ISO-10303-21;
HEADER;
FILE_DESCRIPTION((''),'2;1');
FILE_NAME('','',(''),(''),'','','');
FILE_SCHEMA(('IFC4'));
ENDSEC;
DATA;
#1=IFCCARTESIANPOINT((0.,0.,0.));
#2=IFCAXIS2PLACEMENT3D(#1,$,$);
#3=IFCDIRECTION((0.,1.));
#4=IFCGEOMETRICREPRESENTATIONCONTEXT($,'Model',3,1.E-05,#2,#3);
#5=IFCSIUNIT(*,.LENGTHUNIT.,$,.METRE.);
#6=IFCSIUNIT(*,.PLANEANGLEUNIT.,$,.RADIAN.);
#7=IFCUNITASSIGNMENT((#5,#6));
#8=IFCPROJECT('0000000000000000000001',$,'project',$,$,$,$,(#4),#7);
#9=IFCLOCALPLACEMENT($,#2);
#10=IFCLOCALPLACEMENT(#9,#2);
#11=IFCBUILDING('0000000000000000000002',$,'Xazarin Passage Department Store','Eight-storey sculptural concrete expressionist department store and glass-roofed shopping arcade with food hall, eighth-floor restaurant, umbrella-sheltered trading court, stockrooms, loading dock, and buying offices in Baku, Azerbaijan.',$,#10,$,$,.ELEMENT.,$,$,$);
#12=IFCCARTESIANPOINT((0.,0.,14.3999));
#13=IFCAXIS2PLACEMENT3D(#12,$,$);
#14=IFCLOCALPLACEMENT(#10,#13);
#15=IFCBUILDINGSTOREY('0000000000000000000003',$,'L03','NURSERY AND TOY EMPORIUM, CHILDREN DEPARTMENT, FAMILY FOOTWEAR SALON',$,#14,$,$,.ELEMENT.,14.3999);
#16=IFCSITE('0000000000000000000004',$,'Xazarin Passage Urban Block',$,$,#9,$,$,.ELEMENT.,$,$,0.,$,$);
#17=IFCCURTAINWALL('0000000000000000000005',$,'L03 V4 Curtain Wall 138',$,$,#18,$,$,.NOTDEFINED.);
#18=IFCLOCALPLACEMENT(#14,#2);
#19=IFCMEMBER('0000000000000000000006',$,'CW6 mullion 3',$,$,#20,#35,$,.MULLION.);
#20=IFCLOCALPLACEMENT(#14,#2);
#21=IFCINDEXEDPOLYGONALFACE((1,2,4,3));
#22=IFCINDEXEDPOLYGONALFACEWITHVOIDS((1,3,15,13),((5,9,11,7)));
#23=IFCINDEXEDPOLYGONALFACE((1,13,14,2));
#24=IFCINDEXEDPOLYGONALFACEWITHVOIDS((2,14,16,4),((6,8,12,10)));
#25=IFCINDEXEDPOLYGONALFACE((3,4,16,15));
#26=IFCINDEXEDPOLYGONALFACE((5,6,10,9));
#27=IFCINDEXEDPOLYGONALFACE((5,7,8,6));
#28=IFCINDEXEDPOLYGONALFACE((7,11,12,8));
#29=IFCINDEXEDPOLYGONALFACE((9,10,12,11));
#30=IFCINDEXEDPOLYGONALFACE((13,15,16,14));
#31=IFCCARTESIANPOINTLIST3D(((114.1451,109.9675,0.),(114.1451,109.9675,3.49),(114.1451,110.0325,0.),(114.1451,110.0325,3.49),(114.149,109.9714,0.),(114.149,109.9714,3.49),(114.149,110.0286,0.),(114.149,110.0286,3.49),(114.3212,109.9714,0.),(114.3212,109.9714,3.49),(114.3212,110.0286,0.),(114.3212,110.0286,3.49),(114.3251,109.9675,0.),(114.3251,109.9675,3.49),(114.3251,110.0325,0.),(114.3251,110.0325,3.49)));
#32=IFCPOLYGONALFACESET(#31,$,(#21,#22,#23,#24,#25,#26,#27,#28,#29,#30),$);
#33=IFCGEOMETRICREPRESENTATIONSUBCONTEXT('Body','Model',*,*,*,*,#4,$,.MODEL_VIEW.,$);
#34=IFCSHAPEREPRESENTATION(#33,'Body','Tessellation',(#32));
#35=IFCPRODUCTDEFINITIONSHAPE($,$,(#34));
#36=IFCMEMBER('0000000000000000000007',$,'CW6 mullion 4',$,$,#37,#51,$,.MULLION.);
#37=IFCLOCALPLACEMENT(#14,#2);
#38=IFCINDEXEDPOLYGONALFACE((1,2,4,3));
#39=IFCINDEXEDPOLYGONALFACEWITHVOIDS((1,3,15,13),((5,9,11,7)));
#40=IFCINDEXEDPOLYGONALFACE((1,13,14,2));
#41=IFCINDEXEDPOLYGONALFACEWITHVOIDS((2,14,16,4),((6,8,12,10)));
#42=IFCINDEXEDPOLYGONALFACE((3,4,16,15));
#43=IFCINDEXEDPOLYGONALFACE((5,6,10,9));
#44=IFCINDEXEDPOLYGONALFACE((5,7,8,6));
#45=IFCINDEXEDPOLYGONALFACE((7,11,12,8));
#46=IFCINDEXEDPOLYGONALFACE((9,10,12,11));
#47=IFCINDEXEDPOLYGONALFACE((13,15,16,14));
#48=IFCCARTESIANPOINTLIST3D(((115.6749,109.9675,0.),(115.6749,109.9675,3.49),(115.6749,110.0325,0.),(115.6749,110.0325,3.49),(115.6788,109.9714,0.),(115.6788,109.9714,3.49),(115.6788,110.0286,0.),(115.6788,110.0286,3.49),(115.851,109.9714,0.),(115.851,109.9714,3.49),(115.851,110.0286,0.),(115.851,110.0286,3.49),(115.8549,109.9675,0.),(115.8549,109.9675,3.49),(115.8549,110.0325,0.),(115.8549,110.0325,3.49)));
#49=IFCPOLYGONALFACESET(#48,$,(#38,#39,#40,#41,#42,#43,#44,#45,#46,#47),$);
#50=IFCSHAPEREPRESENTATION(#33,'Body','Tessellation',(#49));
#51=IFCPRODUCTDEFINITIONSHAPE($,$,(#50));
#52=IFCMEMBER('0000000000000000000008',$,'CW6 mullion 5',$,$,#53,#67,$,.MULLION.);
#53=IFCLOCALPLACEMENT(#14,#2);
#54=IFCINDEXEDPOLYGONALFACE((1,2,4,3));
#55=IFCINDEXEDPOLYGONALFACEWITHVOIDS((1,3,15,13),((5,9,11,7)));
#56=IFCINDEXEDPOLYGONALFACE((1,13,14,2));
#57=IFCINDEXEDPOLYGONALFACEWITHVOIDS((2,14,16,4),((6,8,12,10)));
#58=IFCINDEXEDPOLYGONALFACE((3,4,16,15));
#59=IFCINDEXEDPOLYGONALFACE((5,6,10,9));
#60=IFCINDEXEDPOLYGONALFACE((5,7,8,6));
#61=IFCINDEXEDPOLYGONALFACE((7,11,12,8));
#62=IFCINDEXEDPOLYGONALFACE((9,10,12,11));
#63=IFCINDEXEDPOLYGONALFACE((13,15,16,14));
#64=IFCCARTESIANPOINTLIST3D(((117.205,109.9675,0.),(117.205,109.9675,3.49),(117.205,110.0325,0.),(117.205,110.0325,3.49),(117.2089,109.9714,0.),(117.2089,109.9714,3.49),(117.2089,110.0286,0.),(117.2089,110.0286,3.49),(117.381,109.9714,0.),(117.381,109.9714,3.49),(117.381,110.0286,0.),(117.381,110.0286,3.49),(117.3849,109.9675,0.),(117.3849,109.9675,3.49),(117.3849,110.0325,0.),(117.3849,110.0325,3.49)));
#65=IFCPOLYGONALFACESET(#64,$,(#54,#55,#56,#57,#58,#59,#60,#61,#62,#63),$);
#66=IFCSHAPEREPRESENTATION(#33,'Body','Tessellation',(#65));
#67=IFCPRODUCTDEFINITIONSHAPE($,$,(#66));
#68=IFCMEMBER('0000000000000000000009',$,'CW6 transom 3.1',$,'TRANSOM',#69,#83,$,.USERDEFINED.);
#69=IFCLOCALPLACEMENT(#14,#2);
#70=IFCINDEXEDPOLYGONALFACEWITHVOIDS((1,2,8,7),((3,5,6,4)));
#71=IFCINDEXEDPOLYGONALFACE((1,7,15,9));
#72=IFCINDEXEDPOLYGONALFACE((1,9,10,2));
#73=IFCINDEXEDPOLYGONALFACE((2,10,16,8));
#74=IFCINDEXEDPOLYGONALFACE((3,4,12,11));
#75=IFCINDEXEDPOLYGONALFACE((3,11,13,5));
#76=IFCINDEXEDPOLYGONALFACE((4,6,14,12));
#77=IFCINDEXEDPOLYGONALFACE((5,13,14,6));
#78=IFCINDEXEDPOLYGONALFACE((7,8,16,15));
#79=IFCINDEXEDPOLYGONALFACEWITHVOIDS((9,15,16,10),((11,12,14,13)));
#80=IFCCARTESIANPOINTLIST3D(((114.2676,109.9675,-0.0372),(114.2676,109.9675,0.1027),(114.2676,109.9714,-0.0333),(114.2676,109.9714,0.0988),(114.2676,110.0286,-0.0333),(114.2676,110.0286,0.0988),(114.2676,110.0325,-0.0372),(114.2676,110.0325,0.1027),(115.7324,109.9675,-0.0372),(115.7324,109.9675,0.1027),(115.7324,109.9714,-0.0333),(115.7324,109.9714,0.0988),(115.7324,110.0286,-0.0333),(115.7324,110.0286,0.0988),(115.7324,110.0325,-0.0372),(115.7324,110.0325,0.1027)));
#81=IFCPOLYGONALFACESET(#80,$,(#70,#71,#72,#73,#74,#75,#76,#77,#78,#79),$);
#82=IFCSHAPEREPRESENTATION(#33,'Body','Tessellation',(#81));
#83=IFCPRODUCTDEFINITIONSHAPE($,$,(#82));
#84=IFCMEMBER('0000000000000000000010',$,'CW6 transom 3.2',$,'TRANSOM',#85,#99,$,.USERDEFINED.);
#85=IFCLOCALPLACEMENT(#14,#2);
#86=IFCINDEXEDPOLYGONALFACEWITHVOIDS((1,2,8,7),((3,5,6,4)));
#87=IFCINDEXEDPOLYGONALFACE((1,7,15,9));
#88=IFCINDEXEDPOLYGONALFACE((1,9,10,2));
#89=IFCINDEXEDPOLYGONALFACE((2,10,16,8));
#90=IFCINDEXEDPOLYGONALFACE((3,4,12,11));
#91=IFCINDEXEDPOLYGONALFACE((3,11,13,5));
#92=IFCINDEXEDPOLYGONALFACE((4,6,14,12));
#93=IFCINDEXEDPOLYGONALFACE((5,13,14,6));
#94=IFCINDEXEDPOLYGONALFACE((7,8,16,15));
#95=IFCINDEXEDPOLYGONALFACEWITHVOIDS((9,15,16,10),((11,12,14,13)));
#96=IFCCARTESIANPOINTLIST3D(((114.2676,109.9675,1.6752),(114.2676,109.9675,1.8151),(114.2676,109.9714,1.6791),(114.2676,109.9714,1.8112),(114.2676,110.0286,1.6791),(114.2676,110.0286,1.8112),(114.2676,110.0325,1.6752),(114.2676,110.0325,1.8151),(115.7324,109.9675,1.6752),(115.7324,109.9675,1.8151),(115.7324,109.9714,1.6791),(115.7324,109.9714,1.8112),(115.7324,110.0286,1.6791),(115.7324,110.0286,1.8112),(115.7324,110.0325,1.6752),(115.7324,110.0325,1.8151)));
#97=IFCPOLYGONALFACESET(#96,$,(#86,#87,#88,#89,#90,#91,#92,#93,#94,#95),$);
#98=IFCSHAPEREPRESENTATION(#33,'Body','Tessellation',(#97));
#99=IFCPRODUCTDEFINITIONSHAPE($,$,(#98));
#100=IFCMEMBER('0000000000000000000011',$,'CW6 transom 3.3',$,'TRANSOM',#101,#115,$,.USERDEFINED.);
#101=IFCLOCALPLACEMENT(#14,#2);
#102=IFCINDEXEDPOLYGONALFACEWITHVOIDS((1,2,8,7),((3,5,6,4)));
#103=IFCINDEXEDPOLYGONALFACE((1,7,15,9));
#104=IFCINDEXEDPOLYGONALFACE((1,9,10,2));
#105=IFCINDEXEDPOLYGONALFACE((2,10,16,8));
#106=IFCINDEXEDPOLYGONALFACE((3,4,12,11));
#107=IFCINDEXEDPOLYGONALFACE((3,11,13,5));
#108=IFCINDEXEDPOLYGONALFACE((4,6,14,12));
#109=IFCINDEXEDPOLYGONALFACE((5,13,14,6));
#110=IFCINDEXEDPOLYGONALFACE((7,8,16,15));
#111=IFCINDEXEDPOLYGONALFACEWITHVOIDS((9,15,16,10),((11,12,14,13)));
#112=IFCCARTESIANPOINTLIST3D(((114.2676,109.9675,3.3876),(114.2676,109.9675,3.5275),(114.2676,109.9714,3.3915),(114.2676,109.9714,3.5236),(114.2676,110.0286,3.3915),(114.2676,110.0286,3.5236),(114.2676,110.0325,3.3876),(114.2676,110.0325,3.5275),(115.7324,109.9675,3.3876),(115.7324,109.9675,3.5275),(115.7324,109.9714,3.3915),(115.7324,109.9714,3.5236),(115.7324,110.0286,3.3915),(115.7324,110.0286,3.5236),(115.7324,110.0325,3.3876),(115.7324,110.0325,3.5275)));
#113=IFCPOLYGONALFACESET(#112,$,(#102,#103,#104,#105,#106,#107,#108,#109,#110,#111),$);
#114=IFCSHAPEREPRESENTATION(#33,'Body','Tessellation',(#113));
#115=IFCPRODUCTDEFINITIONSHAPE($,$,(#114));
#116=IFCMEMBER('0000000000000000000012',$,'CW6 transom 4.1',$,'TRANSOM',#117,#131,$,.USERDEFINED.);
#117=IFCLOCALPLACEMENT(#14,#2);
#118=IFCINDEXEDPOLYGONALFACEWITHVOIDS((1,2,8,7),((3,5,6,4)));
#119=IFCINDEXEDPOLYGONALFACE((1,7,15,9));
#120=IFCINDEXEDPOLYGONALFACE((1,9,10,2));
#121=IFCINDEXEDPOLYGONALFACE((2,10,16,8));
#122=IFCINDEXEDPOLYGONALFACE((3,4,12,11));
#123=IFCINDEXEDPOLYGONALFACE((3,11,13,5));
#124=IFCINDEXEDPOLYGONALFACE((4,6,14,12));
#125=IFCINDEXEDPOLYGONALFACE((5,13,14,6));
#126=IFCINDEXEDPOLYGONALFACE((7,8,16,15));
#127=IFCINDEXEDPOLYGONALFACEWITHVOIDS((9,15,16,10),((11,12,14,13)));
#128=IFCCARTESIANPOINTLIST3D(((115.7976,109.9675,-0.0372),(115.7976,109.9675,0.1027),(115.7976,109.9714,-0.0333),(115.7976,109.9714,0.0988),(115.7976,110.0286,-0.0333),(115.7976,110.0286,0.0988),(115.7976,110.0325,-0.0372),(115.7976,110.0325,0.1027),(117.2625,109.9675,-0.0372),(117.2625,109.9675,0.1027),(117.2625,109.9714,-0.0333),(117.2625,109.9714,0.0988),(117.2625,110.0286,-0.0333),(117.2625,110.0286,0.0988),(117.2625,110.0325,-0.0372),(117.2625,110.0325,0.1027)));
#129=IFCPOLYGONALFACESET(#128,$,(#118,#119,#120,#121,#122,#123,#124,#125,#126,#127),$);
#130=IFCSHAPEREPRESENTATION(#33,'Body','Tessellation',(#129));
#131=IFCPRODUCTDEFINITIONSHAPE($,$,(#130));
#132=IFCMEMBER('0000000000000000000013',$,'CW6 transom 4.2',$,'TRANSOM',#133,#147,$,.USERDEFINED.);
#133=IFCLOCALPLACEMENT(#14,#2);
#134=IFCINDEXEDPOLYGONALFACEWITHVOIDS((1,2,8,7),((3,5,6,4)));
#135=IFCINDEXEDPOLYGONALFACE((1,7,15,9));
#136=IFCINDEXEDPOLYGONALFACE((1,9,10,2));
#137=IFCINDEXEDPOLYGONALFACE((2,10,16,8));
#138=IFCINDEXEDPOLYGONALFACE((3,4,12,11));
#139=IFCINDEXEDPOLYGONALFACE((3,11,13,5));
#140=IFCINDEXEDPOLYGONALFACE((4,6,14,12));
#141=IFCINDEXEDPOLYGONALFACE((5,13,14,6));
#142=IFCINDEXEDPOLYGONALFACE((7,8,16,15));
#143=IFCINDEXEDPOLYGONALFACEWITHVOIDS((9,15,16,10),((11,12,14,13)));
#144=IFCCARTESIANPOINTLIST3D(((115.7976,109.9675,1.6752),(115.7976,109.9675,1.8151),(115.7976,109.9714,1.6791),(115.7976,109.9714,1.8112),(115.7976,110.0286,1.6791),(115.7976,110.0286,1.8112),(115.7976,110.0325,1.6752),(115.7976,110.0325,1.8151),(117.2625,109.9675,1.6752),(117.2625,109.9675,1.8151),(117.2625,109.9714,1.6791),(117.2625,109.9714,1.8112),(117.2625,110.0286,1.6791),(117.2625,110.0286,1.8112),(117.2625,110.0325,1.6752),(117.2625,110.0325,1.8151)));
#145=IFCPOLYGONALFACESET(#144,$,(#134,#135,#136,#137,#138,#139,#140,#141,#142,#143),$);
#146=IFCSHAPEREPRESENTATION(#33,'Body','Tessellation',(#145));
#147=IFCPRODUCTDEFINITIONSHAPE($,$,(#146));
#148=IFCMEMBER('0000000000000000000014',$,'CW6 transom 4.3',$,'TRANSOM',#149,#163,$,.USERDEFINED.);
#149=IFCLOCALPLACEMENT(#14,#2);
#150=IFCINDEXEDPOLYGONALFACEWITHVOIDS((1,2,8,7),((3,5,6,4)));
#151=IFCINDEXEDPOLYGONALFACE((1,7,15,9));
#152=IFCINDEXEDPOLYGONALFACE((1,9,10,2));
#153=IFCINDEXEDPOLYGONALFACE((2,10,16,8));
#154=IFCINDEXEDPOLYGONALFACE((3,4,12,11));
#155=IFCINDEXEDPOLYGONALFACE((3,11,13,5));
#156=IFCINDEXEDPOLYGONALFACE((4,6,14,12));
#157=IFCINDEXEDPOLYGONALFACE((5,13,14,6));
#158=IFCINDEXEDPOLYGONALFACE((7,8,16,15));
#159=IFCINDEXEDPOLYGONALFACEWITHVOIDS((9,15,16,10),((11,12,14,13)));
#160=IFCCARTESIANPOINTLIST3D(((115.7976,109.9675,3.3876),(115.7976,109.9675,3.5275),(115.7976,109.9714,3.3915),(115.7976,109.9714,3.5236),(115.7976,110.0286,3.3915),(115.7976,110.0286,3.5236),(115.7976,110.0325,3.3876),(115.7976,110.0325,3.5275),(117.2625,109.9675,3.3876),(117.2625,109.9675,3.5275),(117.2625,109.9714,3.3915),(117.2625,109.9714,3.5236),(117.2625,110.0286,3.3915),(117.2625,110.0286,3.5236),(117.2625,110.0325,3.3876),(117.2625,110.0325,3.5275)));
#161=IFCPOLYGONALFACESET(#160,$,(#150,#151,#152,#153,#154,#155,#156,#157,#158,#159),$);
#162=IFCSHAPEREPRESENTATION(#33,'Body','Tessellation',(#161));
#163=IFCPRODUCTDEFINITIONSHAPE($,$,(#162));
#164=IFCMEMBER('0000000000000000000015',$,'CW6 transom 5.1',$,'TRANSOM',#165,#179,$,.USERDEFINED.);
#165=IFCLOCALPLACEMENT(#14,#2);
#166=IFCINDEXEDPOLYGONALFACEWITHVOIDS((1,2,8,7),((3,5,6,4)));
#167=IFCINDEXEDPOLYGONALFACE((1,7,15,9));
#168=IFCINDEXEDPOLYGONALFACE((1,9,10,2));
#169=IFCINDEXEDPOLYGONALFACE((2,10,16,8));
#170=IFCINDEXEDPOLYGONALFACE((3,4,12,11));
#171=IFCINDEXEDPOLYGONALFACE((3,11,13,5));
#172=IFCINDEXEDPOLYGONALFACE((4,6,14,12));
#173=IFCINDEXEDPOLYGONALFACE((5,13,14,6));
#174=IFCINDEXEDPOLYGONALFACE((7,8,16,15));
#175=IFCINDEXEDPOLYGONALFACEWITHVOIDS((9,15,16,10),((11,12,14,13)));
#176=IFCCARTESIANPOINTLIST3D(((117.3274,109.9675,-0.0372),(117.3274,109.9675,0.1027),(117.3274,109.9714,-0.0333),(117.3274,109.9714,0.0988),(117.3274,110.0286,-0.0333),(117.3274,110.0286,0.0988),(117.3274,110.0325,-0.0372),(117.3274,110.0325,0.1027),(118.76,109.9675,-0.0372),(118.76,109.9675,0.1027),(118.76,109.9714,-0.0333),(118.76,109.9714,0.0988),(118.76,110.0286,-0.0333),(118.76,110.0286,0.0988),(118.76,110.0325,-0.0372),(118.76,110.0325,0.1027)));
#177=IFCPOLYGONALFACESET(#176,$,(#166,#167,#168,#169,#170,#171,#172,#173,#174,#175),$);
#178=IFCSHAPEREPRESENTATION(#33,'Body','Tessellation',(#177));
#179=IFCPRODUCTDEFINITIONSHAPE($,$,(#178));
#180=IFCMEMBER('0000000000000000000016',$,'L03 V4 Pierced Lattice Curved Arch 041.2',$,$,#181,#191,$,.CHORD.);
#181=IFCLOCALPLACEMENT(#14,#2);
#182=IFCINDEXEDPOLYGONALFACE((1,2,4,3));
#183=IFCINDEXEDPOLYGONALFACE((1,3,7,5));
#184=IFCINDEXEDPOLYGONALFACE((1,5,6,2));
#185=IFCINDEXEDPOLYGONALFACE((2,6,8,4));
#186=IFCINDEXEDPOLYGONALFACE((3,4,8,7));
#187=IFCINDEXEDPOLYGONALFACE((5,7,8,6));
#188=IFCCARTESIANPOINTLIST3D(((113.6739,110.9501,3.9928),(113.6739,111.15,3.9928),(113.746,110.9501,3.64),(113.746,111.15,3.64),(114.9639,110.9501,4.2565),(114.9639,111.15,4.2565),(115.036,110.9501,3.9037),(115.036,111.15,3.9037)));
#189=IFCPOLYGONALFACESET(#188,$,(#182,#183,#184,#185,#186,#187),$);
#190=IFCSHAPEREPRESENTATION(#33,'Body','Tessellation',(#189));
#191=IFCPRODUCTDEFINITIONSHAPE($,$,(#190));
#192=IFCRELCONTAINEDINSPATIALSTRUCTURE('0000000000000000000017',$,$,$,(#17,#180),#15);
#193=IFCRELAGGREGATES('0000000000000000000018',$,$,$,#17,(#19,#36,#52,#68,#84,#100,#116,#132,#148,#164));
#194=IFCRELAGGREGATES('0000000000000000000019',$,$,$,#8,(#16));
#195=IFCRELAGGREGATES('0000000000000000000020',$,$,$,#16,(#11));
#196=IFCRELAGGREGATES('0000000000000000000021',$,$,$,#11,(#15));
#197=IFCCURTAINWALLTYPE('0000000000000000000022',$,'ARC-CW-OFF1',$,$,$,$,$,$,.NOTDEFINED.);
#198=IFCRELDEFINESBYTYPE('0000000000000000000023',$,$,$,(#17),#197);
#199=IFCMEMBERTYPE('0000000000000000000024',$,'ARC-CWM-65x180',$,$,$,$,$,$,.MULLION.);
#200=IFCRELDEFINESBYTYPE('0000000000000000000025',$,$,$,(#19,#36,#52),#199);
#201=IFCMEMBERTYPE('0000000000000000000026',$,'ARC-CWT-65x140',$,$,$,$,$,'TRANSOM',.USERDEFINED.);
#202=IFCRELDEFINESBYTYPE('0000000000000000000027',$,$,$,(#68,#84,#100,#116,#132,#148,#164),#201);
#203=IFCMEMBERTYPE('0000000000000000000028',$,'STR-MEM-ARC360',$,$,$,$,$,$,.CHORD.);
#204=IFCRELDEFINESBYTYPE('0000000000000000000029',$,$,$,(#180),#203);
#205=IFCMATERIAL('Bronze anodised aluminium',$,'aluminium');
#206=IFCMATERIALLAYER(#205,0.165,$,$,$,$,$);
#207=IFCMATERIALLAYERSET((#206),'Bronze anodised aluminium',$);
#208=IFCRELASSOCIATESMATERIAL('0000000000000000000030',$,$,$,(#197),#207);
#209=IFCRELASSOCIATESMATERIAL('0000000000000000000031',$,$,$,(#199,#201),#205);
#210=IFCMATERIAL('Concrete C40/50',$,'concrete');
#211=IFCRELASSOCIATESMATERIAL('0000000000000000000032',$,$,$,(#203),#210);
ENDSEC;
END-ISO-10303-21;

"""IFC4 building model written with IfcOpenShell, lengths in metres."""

from ifc_helpers import new_model, si_unit, direction, frame, origin, origin_2d, place, context, subcontext, project, spatial, rectangle, hollow_rectangle, extrude, material, layer, layer_set, material_profile, profile_set, type_object, element, aggregate, save


model = new_model("IFC4")

# Units and contexts
model_context = context("Model", 3, precision=1e-05, world=origin(), true_north=direction((0.0, 1.0)))
body_context = subcontext(model_context, "Body", "Model", "MODEL_VIEW")
ifc_project = project(units=[si_unit("LENGTHUNIT", "METRE"), si_unit("PLANEANGLEUNIT", "RADIAN")], contexts=[model_context])

# Site, building, storey
site_placement = place(None, origin())
site = spatial("IfcSite", under=ifc_project, at=site_placement, Name="Xazarin Passage Urban Block", CompositionType="ELEMENT", RefElevation=0.0)
building_placement = place(site_placement, origin())
building = spatial("IfcBuilding", under=site, at=building_placement, Name="Xazarin Passage Department Store", Description="Eight-storey sculptural concrete expressionist department store and glass-roofed shopping arcade with food hall, eighth-floor restaurant, umbrella-sheltered trading court, stockrooms, loading dock, and buying offices in Baku, Azerbaijan.", CompositionType="ELEMENT")
storey_placement = place(building_placement, frame((0.0, 0.0, 14.3999)))
storey = spatial("IfcBuildingStorey", under=building, at=storey_placement, Name="L03", Description="NURSERY AND TOY EMPORIUM, CHILDREN DEPARTMENT, FAMILY FOOTWEAR SALON", CompositionType="ELEMENT", Elevation=14.3999)

# Curtain wall, members
ifc_material_1 = material(Name="Bronze anodised aluminium", Category="aluminium")
ifc_layer_1 = layer(ifc_material_1, 0.165)
ifc_layer_set_1 = layer_set([ifc_layer_1], Name="Bronze anodised aluminium")
curtain_wall_type = type_object("IfcCurtainWallType", Name="ARC-CW-OFF1", PredefinedType="NOTDEFINED", material=ifc_layer_set_1)
curtain_wall_placement = place(storey_placement, origin())
curtain_wall = element("IfcCurtainWall", 1, at=curtain_wall_placement, inside=storey, type_object=curtain_wall_type, Name="L03 V4 Curtain Wall 138", PredefinedType="NOTDEFINED")
ifc_material_profile_1 = material_profile(ifc_material_1, hollow_rectangle(XDim=0.0649, YDim=0.1799, WallThickness=0.0039, at=origin_2d()), Name="ALU 65x180")
ifc_profile_set_1 = profile_set([ifc_material_profile_1], Name="Bronze anodised aluminium")
member_type_1 = type_object("IfcMemberType", Name="ARC-CWM-65x180", PredefinedType="MULLION", material=ifc_profile_set_1)
member_1_placement = place(storey_placement, frame((114.2351, 110.0, 0.0), z_axis=(0.0, 0.0, 1.0), x_axis=(0.0, 1.0, 0.0)))
member_1 = element("IfcMember", 2, at=member_1_placement, type_object=member_type_1, Name="CW6 mullion 3", PredefinedType="MULLION", context=body_context, shape_type="SweptSolid", body=[
    extrude(hollow_rectangle(XDim=0.0649, YDim=0.1799, WallThickness=0.0039, at=origin_2d()), origin(), (0.0, 0.0, 1.0), 3.49),
])
member_2_placement = place(storey_placement, frame((115.7649, 110.0, 0.0), z_axis=(0.0, 0.0, 1.0), x_axis=(0.0, 1.0, 0.0)))
member_2 = element("IfcMember", 3, at=member_2_placement, type_object=member_type_1, Name="CW6 mullion 4", PredefinedType="MULLION", context=body_context, shape_type="SweptSolid", body=[
    extrude(hollow_rectangle(XDim=0.0649, YDim=0.1799, WallThickness=0.0039, at=origin_2d()), origin(), (0.0, 0.0, 1.0), 3.49),
])
member_3_placement = place(storey_placement, frame((117.2949, 110.0, 0.0), z_axis=(0.0, 0.0, 1.0), x_axis=(0.0, 1.0, 0.0)))
member_3 = element("IfcMember", 4, at=member_3_placement, type_object=member_type_1, Name="CW6 mullion 5", PredefinedType="MULLION", context=body_context, shape_type="SweptSolid", body=[
    extrude(hollow_rectangle(XDim=0.0649, YDim=0.1799, WallThickness=0.0039, at=origin_2d()), origin(), (0.0, 0.0, 1.0), 3.49),
])
ifc_material_profile_2 = material_profile(ifc_material_1, hollow_rectangle(XDim=0.0649, YDim=0.1399, WallThickness=0.0039, at=origin_2d()), Name="ALU 65x140")
ifc_profile_set_2 = profile_set([ifc_material_profile_2], Name="Bronze anodised aluminium")
member_type_2 = type_object("IfcMemberType", Name="ARC-CWT-65x140", ElementType="TRANSOM", PredefinedType="USERDEFINED", material=ifc_profile_set_2)
member_4_placement = place(storey_placement, frame((114.2676, 110.0, 0.0327), z_axis=(1.0, 0.0, 0.0), x_axis=(0.0, 1.0, 0.0)))
member_4 = element("IfcMember", 5, at=member_4_placement, type_object=member_type_2, Name="CW6 transom 3.1", ObjectType="TRANSOM", PredefinedType="USERDEFINED", context=body_context, shape_type="SweptSolid", body=[
    extrude(hollow_rectangle(XDim=0.0649, YDim=0.1399, WallThickness=0.0039, at=origin_2d()), origin(), (0.0, 0.0, 1.0), 1.4648),
])
member_5_placement = place(storey_placement, frame((114.2676, 110.0, 1.7451), z_axis=(1.0, 0.0, 0.0), x_axis=(0.0, 1.0, 0.0)))
member_5 = element("IfcMember", 6, at=member_5_placement, type_object=member_type_2, Name="CW6 transom 3.2", ObjectType="TRANSOM", PredefinedType="USERDEFINED", context=body_context, shape_type="SweptSolid", body=[
    extrude(hollow_rectangle(XDim=0.0649, YDim=0.1399, WallThickness=0.0039, at=origin_2d()), origin(), (0.0, 0.0, 1.0), 1.4648),
])
member_6_placement = place(storey_placement, frame((114.2676, 110.0, 3.4575), z_axis=(1.0, 0.0, 0.0), x_axis=(0.0, 1.0, 0.0)))
member_6 = element("IfcMember", 7, at=member_6_placement, type_object=member_type_2, Name="CW6 transom 3.3", ObjectType="TRANSOM", PredefinedType="USERDEFINED", context=body_context, shape_type="SweptSolid", body=[
    extrude(hollow_rectangle(XDim=0.0649, YDim=0.1399, WallThickness=0.0039, at=origin_2d()), origin(), (0.0, 0.0, 1.0), 1.4648),
])
member_7_placement = place(storey_placement, frame((115.7976, 110.0, 0.0327), z_axis=(1.0, 0.0, 0.0), x_axis=(0.0, 1.0, 0.0)))
member_7 = element("IfcMember", 8, at=member_7_placement, type_object=member_type_2, Name="CW6 transom 4.1", ObjectType="TRANSOM", PredefinedType="USERDEFINED", context=body_context, shape_type="SweptSolid", body=[
    extrude(hollow_rectangle(XDim=0.0649, YDim=0.1399, WallThickness=0.0039, at=origin_2d()), origin(), (0.0, 0.0, 1.0), 1.4648),
])
member_8_placement = place(storey_placement, frame((115.7976, 110.0, 1.7451), z_axis=(1.0, 0.0, 0.0), x_axis=(0.0, 1.0, 0.0)))
member_8 = element("IfcMember", 9, at=member_8_placement, type_object=member_type_2, Name="CW6 transom 4.2", ObjectType="TRANSOM", PredefinedType="USERDEFINED", context=body_context, shape_type="SweptSolid", body=[
    extrude(hollow_rectangle(XDim=0.0649, YDim=0.1399, WallThickness=0.0039, at=origin_2d()), origin(), (0.0, 0.0, 1.0), 1.4648),
])
member_9_placement = place(storey_placement, frame((115.7976, 110.0, 3.4575), z_axis=(1.0, 0.0, 0.0), x_axis=(0.0, 1.0, 0.0)))
member_9 = element("IfcMember", 10, at=member_9_placement, type_object=member_type_2, Name="CW6 transom 4.3", ObjectType="TRANSOM", PredefinedType="USERDEFINED", context=body_context, shape_type="SweptSolid", body=[
    extrude(hollow_rectangle(XDim=0.0649, YDim=0.1399, WallThickness=0.0039, at=origin_2d()), origin(), (0.0, 0.0, 1.0), 1.4648),
])
member_10_placement = place(storey_placement, frame((117.3274, 110.0, 0.0327), z_axis=(1.0, 0.0, 0.0), x_axis=(0.0, 1.0, 0.0)))
member_10 = element("IfcMember", 11, at=member_10_placement, type_object=member_type_2, Name="CW6 transom 5.1", ObjectType="TRANSOM", PredefinedType="USERDEFINED", context=body_context, shape_type="SweptSolid", body=[
    extrude(hollow_rectangle(XDim=0.0649, YDim=0.1399, WallThickness=0.0039, at=origin_2d()), origin(), (0.0, 0.0, 1.0), 1.4326),
])

# Member
ifc_material_2 = material(Name="Concrete C40/50", Category="concrete")
ifc_material_profile_3 = material_profile(ifc_material_2, rectangle(XDim=0.2, YDim=0.3601, at=origin_2d()), Name="RC 200x360")
ifc_profile_set_3 = profile_set([ifc_material_profile_3], Name="Concrete C40/50")
member_type_3 = type_object("IfcMemberType", Name="STR-MEM-ARC360", PredefinedType="CHORD", material=ifc_profile_set_3)
for number, where, z_axis, x_axis, name in (
    (12, (113.71, 111.05, 3.8164), (0.979745, 0.0, 0.200251), (0.0, 1.0, 0.0), "L03 V4 Pierced Lattice Curved Arch 041.2"),
):
    element("IfcMember", number, at=place(storey_placement, frame(where, z_axis=z_axis, x_axis=x_axis)), inside=storey, type_object=member_type_3, Name=name, PredefinedType="CHORD", context=body_context, shape_type="SweptSolid", body=[
        extrude(rectangle(XDim=0.2, YDim=0.3601, at=origin_2d()), origin(), (0.0, 0.0, 1.0), 1.3167),
    ])

aggregate(curtain_wall, [member_1, member_2, member_3, member_4, member_5, member_6, member_7, member_8, member_9, member_10])

save(model, "model.ifc")
